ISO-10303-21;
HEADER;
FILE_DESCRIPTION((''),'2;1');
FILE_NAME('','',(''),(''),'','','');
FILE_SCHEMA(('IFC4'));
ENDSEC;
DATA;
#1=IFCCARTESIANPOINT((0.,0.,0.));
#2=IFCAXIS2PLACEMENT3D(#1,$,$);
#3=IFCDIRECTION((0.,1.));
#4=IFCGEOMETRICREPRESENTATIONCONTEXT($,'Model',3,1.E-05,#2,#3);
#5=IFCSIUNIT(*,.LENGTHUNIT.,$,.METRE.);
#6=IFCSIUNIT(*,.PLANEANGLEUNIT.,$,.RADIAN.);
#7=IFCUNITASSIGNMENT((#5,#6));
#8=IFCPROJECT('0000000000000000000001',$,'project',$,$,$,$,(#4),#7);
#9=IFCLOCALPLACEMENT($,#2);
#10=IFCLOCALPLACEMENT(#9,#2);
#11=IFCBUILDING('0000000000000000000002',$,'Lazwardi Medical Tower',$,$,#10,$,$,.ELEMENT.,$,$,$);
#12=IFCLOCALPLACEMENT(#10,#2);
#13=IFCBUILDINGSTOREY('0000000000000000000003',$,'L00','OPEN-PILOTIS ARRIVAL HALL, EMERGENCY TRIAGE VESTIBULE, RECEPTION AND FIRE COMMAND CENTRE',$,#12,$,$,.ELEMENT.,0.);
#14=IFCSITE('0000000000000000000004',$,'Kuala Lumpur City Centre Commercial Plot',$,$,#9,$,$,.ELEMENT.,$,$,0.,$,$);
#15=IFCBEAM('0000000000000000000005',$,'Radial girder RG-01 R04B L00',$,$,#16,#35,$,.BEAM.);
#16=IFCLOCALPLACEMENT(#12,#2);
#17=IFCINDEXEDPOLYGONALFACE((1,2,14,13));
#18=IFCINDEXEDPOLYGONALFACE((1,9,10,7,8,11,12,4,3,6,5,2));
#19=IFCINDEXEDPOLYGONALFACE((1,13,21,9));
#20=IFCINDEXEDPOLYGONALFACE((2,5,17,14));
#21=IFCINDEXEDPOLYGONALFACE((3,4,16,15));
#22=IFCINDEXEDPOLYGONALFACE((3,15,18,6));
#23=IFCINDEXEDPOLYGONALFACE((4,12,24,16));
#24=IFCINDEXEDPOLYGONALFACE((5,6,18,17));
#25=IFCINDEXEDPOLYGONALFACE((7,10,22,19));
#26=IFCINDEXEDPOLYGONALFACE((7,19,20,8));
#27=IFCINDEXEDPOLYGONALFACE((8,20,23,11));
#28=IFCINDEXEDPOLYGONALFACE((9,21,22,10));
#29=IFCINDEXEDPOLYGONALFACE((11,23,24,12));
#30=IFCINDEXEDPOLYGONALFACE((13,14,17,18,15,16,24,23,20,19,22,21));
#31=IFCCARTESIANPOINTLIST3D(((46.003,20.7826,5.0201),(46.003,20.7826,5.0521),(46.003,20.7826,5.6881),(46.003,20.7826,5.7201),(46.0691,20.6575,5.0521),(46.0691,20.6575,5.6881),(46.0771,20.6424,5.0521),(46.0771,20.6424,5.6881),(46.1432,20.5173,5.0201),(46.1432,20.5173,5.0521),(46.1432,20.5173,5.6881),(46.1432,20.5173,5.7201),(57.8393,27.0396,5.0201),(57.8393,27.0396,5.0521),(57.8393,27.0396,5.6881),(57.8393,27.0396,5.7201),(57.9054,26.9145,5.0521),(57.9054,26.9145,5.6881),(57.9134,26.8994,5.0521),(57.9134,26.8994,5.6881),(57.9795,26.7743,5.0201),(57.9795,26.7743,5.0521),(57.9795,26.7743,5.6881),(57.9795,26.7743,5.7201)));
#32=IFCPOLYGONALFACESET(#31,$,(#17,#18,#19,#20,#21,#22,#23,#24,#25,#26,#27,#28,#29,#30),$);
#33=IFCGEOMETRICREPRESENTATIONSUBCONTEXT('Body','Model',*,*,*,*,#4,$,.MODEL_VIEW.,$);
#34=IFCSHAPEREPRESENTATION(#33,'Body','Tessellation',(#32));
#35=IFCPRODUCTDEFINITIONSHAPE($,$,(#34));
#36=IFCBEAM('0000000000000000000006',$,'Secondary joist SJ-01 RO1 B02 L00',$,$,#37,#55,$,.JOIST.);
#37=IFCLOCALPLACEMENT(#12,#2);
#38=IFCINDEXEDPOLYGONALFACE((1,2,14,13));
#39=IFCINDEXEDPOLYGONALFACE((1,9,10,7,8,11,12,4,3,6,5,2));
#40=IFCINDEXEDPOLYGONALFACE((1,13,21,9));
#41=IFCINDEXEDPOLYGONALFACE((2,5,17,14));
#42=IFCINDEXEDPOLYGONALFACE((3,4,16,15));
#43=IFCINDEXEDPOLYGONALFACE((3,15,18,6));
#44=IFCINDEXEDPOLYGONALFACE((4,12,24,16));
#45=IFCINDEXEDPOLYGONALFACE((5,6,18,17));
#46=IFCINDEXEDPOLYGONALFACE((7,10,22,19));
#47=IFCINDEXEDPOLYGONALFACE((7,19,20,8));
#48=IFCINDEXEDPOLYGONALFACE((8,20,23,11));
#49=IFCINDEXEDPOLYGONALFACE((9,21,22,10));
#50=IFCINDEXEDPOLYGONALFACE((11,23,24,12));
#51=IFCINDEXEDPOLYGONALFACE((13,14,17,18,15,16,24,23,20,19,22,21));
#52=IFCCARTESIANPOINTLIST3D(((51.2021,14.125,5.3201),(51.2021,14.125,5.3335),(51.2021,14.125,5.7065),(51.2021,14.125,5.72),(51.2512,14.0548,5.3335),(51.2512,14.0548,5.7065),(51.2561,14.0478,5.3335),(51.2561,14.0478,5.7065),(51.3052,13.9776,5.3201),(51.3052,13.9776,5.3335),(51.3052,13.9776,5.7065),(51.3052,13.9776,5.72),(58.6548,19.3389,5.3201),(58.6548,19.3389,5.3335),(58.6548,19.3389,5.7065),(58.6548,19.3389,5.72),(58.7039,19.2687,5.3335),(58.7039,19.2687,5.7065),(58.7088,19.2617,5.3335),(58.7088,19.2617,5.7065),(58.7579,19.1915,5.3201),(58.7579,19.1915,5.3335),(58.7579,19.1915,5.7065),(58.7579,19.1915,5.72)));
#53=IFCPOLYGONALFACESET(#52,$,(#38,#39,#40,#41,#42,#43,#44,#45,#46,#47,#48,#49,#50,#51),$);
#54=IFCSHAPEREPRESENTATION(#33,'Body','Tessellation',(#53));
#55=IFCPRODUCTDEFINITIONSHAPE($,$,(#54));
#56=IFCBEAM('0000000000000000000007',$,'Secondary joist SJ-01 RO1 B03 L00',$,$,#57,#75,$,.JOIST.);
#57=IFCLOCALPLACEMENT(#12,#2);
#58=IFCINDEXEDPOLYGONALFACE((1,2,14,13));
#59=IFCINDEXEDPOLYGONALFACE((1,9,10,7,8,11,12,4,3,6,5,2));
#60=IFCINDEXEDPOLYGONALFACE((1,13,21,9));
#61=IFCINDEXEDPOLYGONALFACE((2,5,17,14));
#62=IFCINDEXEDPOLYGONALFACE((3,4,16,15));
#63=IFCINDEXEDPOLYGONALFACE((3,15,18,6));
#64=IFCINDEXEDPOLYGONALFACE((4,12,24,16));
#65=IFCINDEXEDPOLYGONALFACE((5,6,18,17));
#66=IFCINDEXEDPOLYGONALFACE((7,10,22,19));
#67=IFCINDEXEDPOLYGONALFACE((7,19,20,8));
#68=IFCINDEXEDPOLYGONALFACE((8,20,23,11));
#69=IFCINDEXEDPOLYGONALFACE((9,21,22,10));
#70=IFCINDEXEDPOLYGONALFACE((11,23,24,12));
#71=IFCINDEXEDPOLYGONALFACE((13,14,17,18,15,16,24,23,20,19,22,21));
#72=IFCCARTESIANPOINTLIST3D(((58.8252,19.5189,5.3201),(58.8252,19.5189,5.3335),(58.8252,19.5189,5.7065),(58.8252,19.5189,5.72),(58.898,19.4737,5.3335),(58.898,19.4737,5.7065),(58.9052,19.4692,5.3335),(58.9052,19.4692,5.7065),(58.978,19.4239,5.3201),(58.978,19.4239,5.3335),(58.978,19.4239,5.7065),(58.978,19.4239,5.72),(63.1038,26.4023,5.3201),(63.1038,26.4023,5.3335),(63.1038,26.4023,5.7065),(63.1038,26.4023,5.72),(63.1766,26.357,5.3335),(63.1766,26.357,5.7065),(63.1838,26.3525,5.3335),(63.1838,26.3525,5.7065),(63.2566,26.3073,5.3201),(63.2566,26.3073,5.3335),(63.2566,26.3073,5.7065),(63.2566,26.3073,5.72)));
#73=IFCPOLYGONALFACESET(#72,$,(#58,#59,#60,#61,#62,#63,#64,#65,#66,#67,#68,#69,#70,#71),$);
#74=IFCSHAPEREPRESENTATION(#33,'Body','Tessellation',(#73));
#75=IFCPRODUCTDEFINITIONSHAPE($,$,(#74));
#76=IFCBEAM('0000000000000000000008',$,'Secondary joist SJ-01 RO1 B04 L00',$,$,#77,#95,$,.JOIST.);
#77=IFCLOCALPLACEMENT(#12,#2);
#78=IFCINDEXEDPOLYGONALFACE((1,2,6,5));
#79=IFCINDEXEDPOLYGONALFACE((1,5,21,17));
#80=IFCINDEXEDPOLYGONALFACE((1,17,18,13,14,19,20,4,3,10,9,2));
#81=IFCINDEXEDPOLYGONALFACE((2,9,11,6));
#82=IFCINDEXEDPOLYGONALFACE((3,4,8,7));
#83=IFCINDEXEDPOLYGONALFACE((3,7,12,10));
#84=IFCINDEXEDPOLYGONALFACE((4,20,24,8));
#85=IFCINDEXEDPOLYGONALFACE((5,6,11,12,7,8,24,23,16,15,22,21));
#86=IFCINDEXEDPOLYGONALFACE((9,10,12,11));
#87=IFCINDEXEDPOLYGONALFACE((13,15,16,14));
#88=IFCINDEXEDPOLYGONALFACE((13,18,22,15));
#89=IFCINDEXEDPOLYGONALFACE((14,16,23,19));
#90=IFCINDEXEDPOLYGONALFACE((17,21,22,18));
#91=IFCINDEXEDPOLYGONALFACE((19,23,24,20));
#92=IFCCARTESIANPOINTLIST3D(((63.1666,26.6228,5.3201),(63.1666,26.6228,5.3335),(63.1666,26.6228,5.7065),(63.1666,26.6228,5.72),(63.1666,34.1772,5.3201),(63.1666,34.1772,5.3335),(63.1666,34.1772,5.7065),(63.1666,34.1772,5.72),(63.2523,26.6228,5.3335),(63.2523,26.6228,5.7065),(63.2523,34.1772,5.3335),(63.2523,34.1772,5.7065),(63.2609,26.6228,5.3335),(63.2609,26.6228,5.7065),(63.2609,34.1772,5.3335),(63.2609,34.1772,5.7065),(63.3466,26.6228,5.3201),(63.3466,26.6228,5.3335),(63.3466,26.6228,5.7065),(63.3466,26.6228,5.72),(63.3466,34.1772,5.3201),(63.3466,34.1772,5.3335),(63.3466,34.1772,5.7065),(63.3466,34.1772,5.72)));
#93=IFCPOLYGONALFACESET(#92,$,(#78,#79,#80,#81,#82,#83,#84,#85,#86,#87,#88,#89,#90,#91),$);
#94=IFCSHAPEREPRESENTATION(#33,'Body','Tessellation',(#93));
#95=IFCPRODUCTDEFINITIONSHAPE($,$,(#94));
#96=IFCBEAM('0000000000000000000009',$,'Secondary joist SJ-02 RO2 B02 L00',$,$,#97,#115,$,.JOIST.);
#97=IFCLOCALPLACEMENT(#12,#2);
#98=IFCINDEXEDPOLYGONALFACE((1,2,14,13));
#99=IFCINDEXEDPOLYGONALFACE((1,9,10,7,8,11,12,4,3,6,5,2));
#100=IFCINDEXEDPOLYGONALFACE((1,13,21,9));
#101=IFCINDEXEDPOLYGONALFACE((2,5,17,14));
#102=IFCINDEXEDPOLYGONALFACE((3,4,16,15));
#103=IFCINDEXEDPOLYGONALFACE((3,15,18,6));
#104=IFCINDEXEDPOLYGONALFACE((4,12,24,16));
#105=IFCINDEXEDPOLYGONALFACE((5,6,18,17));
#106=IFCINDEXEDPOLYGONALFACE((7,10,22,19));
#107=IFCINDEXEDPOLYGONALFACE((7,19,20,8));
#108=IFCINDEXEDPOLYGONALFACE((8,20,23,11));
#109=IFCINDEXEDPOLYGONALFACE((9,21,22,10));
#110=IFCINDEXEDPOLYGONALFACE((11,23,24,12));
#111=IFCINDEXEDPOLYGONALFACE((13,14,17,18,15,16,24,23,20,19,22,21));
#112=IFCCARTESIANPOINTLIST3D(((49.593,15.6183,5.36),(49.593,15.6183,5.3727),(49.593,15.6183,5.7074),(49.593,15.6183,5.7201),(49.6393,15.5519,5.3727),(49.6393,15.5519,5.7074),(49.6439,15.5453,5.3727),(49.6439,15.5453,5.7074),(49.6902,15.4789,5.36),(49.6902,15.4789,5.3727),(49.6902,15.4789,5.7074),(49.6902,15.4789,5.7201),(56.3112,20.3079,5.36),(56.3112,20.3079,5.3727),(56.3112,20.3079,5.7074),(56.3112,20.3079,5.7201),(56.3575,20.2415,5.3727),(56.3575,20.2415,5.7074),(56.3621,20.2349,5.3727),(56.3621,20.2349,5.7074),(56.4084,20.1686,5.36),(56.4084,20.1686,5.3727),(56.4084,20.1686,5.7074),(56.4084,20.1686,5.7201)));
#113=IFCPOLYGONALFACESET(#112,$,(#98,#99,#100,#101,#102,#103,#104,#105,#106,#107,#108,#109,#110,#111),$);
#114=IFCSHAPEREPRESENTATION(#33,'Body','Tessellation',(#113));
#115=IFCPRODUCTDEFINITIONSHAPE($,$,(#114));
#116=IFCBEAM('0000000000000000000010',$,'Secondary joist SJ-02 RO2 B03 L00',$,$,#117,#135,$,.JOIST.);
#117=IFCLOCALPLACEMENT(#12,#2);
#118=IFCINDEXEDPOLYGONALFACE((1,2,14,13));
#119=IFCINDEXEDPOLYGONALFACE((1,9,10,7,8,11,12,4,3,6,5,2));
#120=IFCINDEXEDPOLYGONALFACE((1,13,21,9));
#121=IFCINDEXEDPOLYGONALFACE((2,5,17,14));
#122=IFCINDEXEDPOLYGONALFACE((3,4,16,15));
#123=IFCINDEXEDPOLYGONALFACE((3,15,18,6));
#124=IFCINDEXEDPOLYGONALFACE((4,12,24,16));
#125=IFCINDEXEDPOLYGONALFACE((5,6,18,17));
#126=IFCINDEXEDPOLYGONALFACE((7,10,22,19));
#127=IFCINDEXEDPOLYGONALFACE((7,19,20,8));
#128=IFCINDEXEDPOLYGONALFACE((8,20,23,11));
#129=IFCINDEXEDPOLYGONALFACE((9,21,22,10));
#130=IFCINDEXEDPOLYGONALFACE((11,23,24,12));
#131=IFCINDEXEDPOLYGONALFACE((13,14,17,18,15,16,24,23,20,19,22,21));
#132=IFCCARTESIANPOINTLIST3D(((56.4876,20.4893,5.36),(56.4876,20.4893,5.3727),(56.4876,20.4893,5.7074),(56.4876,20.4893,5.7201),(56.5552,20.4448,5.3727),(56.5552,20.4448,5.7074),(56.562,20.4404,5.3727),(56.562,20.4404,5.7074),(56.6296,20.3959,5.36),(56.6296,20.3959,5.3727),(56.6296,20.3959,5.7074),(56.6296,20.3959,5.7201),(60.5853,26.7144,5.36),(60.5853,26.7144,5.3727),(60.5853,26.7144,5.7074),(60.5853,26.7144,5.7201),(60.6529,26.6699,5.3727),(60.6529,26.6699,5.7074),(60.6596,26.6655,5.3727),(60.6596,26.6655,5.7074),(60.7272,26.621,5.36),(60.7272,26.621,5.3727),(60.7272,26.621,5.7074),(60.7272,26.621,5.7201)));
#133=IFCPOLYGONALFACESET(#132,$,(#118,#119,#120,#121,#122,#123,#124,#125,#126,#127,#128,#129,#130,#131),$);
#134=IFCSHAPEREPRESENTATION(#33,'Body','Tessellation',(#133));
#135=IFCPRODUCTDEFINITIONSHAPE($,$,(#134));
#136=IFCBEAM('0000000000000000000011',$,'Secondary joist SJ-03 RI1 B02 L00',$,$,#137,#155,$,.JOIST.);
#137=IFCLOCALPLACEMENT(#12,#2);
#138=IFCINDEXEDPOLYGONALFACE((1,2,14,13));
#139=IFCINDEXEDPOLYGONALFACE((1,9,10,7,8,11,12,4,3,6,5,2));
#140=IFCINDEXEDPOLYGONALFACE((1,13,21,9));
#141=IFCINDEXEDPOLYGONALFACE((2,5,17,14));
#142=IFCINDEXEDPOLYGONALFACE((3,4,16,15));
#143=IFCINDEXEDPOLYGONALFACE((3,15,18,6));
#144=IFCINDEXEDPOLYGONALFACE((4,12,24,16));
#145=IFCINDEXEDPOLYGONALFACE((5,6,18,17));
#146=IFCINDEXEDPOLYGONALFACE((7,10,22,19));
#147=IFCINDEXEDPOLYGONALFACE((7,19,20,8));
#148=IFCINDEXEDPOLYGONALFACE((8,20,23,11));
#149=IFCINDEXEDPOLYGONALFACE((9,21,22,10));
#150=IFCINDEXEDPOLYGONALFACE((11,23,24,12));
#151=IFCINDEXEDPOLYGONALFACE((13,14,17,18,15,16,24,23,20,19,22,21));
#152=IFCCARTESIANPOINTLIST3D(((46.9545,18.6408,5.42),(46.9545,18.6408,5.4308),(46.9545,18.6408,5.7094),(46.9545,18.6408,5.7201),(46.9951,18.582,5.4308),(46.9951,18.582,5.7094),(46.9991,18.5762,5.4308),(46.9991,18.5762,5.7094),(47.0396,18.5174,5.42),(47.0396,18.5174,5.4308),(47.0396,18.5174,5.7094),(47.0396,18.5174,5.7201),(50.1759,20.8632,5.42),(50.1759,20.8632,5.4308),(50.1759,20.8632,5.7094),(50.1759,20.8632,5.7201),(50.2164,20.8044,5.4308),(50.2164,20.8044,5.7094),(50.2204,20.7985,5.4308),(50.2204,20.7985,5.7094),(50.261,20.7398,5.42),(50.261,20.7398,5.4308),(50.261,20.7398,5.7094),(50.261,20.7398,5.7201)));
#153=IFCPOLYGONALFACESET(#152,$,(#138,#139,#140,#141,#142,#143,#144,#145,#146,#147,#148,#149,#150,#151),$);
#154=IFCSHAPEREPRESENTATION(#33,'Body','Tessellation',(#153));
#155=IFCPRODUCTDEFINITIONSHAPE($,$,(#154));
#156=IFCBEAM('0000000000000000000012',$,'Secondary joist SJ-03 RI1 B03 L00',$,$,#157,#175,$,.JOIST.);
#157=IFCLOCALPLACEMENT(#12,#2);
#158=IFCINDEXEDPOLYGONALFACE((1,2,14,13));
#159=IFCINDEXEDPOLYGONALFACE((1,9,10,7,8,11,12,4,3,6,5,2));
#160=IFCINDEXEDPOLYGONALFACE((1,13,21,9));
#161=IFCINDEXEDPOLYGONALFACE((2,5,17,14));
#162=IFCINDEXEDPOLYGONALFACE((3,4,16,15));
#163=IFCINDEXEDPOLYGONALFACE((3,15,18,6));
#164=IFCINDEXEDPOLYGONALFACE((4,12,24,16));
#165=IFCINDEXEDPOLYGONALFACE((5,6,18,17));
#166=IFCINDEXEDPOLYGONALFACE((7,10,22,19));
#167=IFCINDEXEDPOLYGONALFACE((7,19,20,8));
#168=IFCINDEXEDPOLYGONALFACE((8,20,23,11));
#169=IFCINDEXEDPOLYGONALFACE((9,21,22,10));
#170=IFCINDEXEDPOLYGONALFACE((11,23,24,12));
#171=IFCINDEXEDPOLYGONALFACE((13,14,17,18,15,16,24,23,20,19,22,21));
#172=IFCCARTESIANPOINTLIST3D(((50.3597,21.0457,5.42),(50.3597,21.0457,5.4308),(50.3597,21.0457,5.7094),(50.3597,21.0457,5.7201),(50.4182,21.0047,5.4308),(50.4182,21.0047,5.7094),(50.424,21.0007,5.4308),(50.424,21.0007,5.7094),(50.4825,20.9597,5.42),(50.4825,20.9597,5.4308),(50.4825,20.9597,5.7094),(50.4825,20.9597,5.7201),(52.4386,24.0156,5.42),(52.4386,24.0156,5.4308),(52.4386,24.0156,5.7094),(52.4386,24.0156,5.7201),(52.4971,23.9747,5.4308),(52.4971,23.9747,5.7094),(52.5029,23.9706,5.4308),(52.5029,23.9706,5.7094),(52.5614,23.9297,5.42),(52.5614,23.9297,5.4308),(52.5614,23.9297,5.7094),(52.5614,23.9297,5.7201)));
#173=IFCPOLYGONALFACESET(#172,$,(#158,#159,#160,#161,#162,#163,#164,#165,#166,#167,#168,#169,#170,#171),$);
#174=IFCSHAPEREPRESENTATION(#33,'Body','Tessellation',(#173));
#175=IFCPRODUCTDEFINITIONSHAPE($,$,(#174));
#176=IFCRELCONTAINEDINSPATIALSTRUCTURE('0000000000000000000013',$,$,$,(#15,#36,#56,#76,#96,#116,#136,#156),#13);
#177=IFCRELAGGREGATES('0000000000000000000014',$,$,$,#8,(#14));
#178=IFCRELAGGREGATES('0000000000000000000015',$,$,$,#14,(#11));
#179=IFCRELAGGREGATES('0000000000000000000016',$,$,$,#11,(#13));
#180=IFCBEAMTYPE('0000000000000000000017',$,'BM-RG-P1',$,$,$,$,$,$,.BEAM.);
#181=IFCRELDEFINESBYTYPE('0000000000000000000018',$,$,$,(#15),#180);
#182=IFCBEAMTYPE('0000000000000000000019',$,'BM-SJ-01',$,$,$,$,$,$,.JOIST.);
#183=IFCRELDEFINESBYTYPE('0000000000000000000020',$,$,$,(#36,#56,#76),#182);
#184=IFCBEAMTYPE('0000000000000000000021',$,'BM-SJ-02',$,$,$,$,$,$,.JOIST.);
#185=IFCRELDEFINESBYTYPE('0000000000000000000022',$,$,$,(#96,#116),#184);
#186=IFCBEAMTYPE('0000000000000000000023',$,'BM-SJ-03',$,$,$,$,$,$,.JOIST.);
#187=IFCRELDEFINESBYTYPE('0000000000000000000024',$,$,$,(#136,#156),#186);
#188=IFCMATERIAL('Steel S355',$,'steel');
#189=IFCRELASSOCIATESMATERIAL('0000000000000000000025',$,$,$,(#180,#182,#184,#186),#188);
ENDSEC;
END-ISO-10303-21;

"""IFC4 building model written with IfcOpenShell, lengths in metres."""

from ifc_helpers import new_model, si_unit, direction, frame, origin, origin_2d, place, context, subcontext, project, spatial, i_section, extrude, material, material_profile, profile_set, type_object, element, save


model = new_model("IFC4")

# Units and contexts
model_context = context("Model", 3, precision=1e-05, world=origin(), true_north=direction((0.0, 1.0)))
body_context = subcontext(model_context, "Body", "Model", "MODEL_VIEW")
ifc_project = project(units=[si_unit("LENGTHUNIT", "METRE"), si_unit("PLANEANGLEUNIT", "RADIAN")], contexts=[model_context])

# Site, building, storey
site_placement = place(None, origin())
site = spatial("IfcSite", under=ifc_project, at=site_placement, Name="Kuala Lumpur City Centre Commercial Plot", CompositionType="ELEMENT", RefElevation=0.0)
building_placement = place(site_placement, origin())
building = spatial("IfcBuilding", under=site, at=building_placement, Name="Lazwardi Medical Tower", CompositionType="ELEMENT")
storey_placement = place(building_placement, origin())
storey = spatial("IfcBuildingStorey", under=building, at=storey_placement, Name="L00", Description="OPEN-PILOTIS ARRIVAL HALL, EMERGENCY TRIAGE VESTIBULE, RECEPTION AND FIRE COMMAND CENTRE", CompositionType="ELEMENT", Elevation=0.0)

# Beams
ifc_material_1 = material(Name="Steel S355", Category="steel")
ifc_material_profile_1 = material_profile(ifc_material_1, i_section(OverallWidth=0.3, OverallDepth=0.7, WebThickness=0.0171, FlangeThickness=0.032, at=origin_2d()), Name="HEB 700")
ifc_profile_set_1 = profile_set([ifc_material_profile_1], Name="Steel S355")
beam_type_1 = type_object("IfcBeamType", Name="BM-RG-P1", PredefinedType="BEAM", material=ifc_profile_set_1)
beam_1_placement = place(storey_placement, frame((57.9094, 26.907, 5.3701), z_axis=(-0.884074, -0.467347, 0.0), x_axis=(0.467347, -0.884074, 0.0)))
element("IfcBeam", 1, at=beam_1_placement, inside=storey, type_object=beam_type_1, Name="Radial girder RG-01 R04B L00", PredefinedType="BEAM", context=body_context, shape_type="SweptSolid", body=[
    extrude(i_section(OverallWidth=0.3, OverallDepth=0.7, WebThickness=0.0171, FlangeThickness=0.032, at=origin_2d()), origin(), (0.0, 0.0, 1.0), 13.3884),
])
ifc_material_profile_2 = material_profile(ifc_material_1, i_section(OverallWidth=0.1799, OverallDepth=0.3999, WebThickness=0.0085, FlangeThickness=0.0134, at=origin_2d()), Name="IPE 400")
ifc_profile_set_2 = profile_set([ifc_material_profile_2], Name="Steel S355")
beam_type_2 = type_object("IfcBeamType", Name="BM-SJ-01", PredefinedType="JOIST", material=ifc_profile_set_2)
beam_2_placement = place(storey_placement, frame((51.2537, 14.0513, 5.52), z_axis=(0.819386, 0.573243, 0.0), x_axis=(-0.573243, 0.819386, 0.0)))
element("IfcBeam", 2, at=beam_2_placement, inside=storey, type_object=beam_type_2, Name="Secondary joist SJ-01 RO1 B02 L00", PredefinedType="JOIST", context=body_context, shape_type="SweptSolid", body=[
    extrude(i_section(OverallWidth=0.1799, OverallDepth=0.3999, WebThickness=0.0085, FlangeThickness=0.0134, at=origin_2d()), origin(), (0.0, 0.0, 1.0), 9.0955),
])
beam_3_placement = place(storey_placement, frame((58.9016, 19.4714, 5.52), z_axis=(0.527912, 0.849299, 0.0), x_axis=(-0.849299, 0.527912, 0.0)))
element("IfcBeam", 3, at=beam_3_placement, inside=storey, type_object=beam_type_2, Name="Secondary joist SJ-01 RO1 B03 L00", PredefinedType="JOIST", context=body_context, shape_type="SweptSolid", body=[
    extrude(i_section(OverallWidth=0.1799, OverallDepth=0.3999, WebThickness=0.0085, FlangeThickness=0.0134, at=origin_2d()), origin(), (0.0, 0.0, 1.0), 8.1047),
])
beam_4_placement = place(storey_placement, frame((63.2566, 26.6228, 5.52), z_axis=(0.0, 1.0, 0.0), x_axis=(-1.0, 0.0, 0.0)))
element("IfcBeam", 4, at=beam_4_placement, inside=storey, type_object=beam_type_2, Name="Secondary joist SJ-01 RO1 B04 L00", PredefinedType="JOIST", context=body_context, shape_type="SweptSolid", body=[
    extrude(i_section(OverallWidth=0.1799, OverallDepth=0.3999, WebThickness=0.0085, FlangeThickness=0.0134, at=origin_2d()), origin(), (0.0, 0.0, 1.0), 7.5544),
])
ifc_material_profile_3 = material_profile(ifc_material_1, i_section(OverallWidth=0.1699, OverallDepth=0.3601, WebThickness=0.0081, FlangeThickness=0.0127, at=origin_2d()), Name="IPE 360")
ifc_profile_set_3 = profile_set([ifc_material_profile_3], Name="Steel S355")
beam_type_3 = type_object("IfcBeamType", Name="BM-SJ-02", PredefinedType="JOIST", material=ifc_profile_set_3)
beam_5_placement = place(storey_placement, frame((49.6416, 15.5486, 5.54), z_axis=(0.819982, 0.57239, 0.0), x_axis=(-0.57239, 0.819982, 0.0)))
element("IfcBeam", 5, at=beam_5_placement, inside=storey, type_object=beam_type_3, Name="Secondary joist SJ-02 RO2 B02 L00", PredefinedType="JOIST", context=body_context, shape_type="SweptSolid", body=[
    extrude(i_section(OverallWidth=0.1699, OverallDepth=0.3601, WebThickness=0.0081, FlangeThickness=0.0127, at=origin_2d()), origin(), (0.0, 0.0, 1.0), 8.1931),
])
beam_6_placement = place(storey_placement, frame((56.5586, 20.4426, 5.54), z_axis=(0.549822, 0.835282, 0.0), x_axis=(-0.835282, 0.549822, 0.0)))
element("IfcBeam", 6, at=beam_6_placement, inside=storey, type_object=beam_type_3, Name="Secondary joist SJ-02 RO2 B03 L00", PredefinedType="JOIST", context=body_context, shape_type="SweptSolid", body=[
    extrude(i_section(OverallWidth=0.1699, OverallDepth=0.3601, WebThickness=0.0081, FlangeThickness=0.0127, at=origin_2d()), origin(), (0.0, 0.0, 1.0), 7.4526),
])
ifc_material_profile_4 = material_profile(ifc_material_1, i_section(OverallWidth=0.1499, OverallDepth=0.3, WebThickness=0.0071, FlangeThickness=0.0107, at=origin_2d()), Name="IPE 300")
ifc_profile_set_4 = profile_set([ifc_material_profile_4], Name="Steel S355")
beam_type_4 = type_object("IfcBeamType", Name="BM-SJ-03", PredefinedType="JOIST", material=ifc_profile_set_4)
beam_7_placement = place(storey_placement, frame((46.9971, 18.5791, 5.5701), z_axis=(0.823125, 0.56786, 0.0), x_axis=(-0.56786, 0.823125, 0.0)))
element("IfcBeam", 7, at=beam_7_placement, inside=storey, type_object=beam_type_4, Name="Secondary joist SJ-03 RI1 B02 L00", PredefinedType="JOIST", context=body_context, shape_type="SweptSolid", body=[
    extrude(i_section(OverallWidth=0.1499, OverallDepth=0.3, WebThickness=0.0071, FlangeThickness=0.0107, at=origin_2d()), origin(), (0.0, 0.0, 1.0), 3.9136),
])
beam_8_placement = place(storey_placement, frame((50.4211, 21.0027, 5.5701), z_axis=(0.57344, 0.819248, 0.0), x_axis=(-0.819248, 0.57344, 0.0)))
element("IfcBeam", 8, at=beam_8_placement, inside=storey, type_object=beam_type_4, Name="Secondary joist SJ-03 RI1 B03 L00", PredefinedType="JOIST", context=body_context, shape_type="SweptSolid", body=[
    extrude(i_section(OverallWidth=0.1499, OverallDepth=0.3, WebThickness=0.0071, FlangeThickness=0.0107, at=origin_2d()), origin(), (0.0, 0.0, 1.0), 3.6252),
])

save(model, "model.ifc")
